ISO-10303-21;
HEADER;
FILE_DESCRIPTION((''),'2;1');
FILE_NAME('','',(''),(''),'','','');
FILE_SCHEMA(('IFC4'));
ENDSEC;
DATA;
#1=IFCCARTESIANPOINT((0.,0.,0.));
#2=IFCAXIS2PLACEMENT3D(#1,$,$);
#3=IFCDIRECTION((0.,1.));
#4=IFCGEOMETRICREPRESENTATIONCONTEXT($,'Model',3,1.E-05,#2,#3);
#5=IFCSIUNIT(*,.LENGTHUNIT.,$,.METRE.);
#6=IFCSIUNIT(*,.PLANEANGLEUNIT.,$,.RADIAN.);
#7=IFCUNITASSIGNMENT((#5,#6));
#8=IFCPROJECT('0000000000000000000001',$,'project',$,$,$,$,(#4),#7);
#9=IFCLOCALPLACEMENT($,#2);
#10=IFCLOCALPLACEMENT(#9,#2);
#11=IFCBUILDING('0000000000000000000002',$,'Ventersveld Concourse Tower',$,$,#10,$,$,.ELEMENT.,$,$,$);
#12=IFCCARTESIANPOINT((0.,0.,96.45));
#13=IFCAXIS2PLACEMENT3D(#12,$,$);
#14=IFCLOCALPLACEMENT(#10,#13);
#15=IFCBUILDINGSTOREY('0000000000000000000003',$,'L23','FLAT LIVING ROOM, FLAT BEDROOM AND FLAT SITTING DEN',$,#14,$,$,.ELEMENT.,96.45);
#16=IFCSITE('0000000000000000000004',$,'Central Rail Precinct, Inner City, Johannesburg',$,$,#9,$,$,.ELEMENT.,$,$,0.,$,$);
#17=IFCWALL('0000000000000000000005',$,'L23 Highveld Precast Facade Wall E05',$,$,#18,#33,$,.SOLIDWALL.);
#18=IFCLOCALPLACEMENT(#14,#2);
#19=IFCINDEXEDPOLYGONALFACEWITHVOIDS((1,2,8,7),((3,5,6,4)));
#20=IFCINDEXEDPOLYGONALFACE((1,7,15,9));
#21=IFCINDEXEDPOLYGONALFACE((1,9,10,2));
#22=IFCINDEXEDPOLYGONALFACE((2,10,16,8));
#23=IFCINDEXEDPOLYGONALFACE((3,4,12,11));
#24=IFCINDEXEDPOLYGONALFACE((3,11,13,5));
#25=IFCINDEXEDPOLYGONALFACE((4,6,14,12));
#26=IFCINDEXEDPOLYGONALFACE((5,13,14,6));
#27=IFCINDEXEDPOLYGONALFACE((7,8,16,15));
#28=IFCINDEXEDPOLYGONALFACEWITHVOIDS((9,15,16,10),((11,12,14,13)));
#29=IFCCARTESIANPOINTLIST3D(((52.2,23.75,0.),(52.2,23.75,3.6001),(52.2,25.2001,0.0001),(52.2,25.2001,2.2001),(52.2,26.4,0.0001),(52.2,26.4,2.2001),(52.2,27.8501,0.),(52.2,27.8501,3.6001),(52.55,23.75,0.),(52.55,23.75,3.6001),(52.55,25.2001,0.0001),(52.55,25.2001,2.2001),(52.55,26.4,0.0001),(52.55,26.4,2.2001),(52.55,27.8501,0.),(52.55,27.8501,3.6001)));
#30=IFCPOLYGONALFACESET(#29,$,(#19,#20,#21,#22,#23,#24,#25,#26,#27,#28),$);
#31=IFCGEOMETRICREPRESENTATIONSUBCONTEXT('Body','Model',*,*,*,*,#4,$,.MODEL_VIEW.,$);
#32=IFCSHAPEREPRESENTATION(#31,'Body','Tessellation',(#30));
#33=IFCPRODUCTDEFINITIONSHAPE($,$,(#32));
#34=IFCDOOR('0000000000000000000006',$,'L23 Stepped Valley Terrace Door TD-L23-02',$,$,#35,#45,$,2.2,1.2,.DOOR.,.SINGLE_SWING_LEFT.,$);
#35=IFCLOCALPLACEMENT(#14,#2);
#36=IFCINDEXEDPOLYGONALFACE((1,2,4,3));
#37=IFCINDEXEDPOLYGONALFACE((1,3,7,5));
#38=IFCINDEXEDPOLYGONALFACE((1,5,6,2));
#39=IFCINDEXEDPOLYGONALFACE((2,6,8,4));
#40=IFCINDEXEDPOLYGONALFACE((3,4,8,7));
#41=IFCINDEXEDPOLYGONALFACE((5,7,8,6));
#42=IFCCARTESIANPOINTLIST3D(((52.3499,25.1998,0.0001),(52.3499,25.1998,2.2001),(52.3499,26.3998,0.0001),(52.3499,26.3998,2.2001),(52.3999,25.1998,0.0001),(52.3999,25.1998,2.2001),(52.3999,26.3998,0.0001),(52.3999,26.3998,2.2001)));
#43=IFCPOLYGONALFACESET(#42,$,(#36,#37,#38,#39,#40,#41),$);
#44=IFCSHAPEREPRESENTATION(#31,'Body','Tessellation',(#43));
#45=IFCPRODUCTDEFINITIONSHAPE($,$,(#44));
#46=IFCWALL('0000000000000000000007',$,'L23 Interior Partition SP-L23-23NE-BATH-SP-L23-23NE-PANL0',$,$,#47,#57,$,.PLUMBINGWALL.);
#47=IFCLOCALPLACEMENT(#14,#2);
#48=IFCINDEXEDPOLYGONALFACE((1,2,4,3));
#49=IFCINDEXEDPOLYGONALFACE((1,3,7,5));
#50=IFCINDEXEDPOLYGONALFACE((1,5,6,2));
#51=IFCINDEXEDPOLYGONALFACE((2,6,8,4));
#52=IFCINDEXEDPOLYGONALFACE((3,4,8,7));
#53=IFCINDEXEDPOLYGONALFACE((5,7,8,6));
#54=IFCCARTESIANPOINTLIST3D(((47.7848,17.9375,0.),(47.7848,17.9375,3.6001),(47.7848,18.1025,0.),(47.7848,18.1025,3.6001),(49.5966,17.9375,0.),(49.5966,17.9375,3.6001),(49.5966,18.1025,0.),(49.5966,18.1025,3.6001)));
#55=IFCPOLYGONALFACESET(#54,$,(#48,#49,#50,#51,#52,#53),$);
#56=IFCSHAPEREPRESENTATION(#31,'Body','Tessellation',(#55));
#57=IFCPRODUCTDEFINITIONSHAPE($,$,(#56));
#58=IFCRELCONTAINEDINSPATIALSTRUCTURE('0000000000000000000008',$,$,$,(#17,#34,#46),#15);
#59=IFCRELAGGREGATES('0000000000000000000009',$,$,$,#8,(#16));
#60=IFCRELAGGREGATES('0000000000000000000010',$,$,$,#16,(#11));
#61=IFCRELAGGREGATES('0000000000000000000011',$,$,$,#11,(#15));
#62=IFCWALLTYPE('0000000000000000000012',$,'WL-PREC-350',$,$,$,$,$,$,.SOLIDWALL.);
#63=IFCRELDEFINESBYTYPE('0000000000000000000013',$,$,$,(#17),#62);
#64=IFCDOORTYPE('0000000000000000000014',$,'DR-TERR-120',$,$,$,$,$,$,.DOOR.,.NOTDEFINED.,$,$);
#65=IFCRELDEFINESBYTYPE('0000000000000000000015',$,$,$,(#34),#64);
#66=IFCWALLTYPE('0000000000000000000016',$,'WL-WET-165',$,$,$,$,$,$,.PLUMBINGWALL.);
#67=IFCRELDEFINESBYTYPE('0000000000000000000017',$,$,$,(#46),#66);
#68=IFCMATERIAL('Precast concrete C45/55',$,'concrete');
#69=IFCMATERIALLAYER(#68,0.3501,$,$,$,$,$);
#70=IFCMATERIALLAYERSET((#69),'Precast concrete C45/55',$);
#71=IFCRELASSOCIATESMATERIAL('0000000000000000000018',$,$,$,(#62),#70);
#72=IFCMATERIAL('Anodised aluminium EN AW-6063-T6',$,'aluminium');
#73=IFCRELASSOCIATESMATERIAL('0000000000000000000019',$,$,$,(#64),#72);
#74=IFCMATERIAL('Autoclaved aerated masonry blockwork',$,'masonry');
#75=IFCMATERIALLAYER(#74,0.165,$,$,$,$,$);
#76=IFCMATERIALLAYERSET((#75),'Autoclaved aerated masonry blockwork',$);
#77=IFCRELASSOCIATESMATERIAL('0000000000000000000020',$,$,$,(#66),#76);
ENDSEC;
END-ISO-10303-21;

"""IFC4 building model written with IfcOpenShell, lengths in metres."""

from ifc_helpers import new_model, si_unit, direction, frame, frame_2d, origin, place, context, subcontext, project, spatial, rectangle, extrude, material, layer, layer_set, type_object, element, fill, save


model = new_model("IFC4")

# Units and contexts
model_context = context("Model", 3, precision=1e-05, world=origin(), true_north=direction((0.0, 1.0)))
body_context = subcontext(model_context, "Body", "Model", "MODEL_VIEW")
ifc_project = project(units=[si_unit("LENGTHUNIT", "METRE"), si_unit("PLANEANGLEUNIT", "RADIAN")], contexts=[model_context])

# Site, building, storey
site_placement = place(None, origin())
site = spatial("IfcSite", under=ifc_project, at=site_placement, Name="Central Rail Precinct, Inner City, Johannesburg", CompositionType="ELEMENT", RefElevation=0.0)
building_placement = place(site_placement, origin())
building = spatial("IfcBuilding", under=site, at=building_placement, Name="Ventersveld Concourse Tower", CompositionType="ELEMENT")
storey_placement = place(building_placement, frame((0.0, 0.0, 96.45)))
storey = spatial("IfcBuildingStorey", under=building, at=storey_placement, Name="L23", Description="FLAT LIVING ROOM, FLAT BEDROOM AND FLAT SITTING DEN", CompositionType="ELEMENT", Elevation=96.45)

# Shared definitions
ifc_material_1 = material(Name="Autoclaved aerated masonry blockwork", Category="masonry")

# Shared definitions
ifc_material_2 = material(Name="Precast concrete C45/55", Category="concrete")
ifc_layer_1 = layer(ifc_material_2, 0.3501)
ifc_layer_set_1 = layer_set([ifc_layer_1], Name="Precast concrete C45/55")
wall_type_1 = type_object("IfcWallType", Name="WL-PREC-350", PredefinedType="SOLIDWALL", material=ifc_layer_set_1)

# Wall, opening, door
wall_1_placement = place(storey_placement, frame((52.375, 23.75, 0.0), z_axis=(0.0, 0.0, 1.0), x_axis=(0.0, 1.0, 0.0)))
wall_1 = element("IfcWall", 1, at=wall_1_placement, inside=storey, type_object=wall_type_1, Name="L23 Highveld Precast Facade Wall E05", PredefinedType="SOLIDWALL", context=body_context, shape_type="SweptSolid", body=[
    extrude(rectangle(XDim=4.1001, YDim=0.3501, at=frame_2d((2.05, 0.0))), origin(), (0.0, 0.0, 1.0), 3.6001),
])
opening_1_placement = place(wall_1_placement, frame((1.45, 0.0, 0.0)))
opening_1 = element("IfcOpeningElement", 2, at=opening_1_placement, cuts=wall_1, PredefinedType="OPENING", context=body_context, shape_type="SweptSolid", body=[
    extrude(rectangle(XDim=1.2, YDim=2.2, at=frame_2d((0.6001, 1.1001))), frame((0.0, 0.1851, 0.0), z_axis=(0.0, -1.0, 0.0), x_axis=(1.0, 0.0, 0.0)), (0.0, 0.0, 1.0), 0.3701),
])
ifc_material_3 = material(Name="Anodised aluminium EN AW-6063-T6", Category="aluminium")
door_type_1 = type_object("IfcDoorType", Name="DR-TERR-120", OperationType="NOTDEFINED", PredefinedType="DOOR", material=ifc_material_3)
door_1_placement = place(opening_1_placement, frame((1.2, 0.0, 0.0), z_axis=(0.0, 0.0, 1.0), x_axis=(-1.0, 0.0, 0.0)))
door_1 = element("IfcDoor", 3, at=door_1_placement, inside=storey, type_object=door_type_1, Name="L23 Stepped Valley Terrace Door TD-L23-02", OperationType="SINGLE_SWING_LEFT", OverallHeight=2.2, OverallWidth=1.2, PredefinedType="DOOR", context=body_context, shape_type="SweptSolid", body=[
    extrude(rectangle(XDim=1.2, YDim=2.2, at=frame_2d((0.6001, 1.1001))), frame((0.0, 0.0249, 0.0), z_axis=(0.0, -1.0, 0.0), x_axis=(1.0, 0.0, 0.0)), (0.0, 0.0, 1.0), 0.05),
])
fill(opening_1, door_1)

# Wall
ifc_layer_2 = layer(ifc_material_1, 0.165)
ifc_layer_set_2 = layer_set([ifc_layer_2], Name="Autoclaved aerated masonry blockwork")
wall_type_2 = type_object("IfcWallType", Name="WL-WET-165", PredefinedType="PLUMBINGWALL", material=ifc_layer_set_2)
wall_2_placement = place(storey_placement, frame((47.7849, 18.02, 0.0), z_axis=(0.0, 0.0, 1.0), x_axis=(1.0, 0.0, 0.0)))
element("IfcWall", 4, at=wall_2_placement, inside=storey, type_object=wall_type_2, Name="L23 Interior Partition SP-L23-23NE-BATH-SP-L23-23NE-PANL0", PredefinedType="PLUMBINGWALL", context=body_context, shape_type="SweptSolid", body=[
    extrude(rectangle(XDim=1.8118, YDim=0.165, at=frame_2d((0.9058, 0.0))), origin(), (0.0, 0.0, 1.0), 3.6001),
])

save(model, "model.ifc")
